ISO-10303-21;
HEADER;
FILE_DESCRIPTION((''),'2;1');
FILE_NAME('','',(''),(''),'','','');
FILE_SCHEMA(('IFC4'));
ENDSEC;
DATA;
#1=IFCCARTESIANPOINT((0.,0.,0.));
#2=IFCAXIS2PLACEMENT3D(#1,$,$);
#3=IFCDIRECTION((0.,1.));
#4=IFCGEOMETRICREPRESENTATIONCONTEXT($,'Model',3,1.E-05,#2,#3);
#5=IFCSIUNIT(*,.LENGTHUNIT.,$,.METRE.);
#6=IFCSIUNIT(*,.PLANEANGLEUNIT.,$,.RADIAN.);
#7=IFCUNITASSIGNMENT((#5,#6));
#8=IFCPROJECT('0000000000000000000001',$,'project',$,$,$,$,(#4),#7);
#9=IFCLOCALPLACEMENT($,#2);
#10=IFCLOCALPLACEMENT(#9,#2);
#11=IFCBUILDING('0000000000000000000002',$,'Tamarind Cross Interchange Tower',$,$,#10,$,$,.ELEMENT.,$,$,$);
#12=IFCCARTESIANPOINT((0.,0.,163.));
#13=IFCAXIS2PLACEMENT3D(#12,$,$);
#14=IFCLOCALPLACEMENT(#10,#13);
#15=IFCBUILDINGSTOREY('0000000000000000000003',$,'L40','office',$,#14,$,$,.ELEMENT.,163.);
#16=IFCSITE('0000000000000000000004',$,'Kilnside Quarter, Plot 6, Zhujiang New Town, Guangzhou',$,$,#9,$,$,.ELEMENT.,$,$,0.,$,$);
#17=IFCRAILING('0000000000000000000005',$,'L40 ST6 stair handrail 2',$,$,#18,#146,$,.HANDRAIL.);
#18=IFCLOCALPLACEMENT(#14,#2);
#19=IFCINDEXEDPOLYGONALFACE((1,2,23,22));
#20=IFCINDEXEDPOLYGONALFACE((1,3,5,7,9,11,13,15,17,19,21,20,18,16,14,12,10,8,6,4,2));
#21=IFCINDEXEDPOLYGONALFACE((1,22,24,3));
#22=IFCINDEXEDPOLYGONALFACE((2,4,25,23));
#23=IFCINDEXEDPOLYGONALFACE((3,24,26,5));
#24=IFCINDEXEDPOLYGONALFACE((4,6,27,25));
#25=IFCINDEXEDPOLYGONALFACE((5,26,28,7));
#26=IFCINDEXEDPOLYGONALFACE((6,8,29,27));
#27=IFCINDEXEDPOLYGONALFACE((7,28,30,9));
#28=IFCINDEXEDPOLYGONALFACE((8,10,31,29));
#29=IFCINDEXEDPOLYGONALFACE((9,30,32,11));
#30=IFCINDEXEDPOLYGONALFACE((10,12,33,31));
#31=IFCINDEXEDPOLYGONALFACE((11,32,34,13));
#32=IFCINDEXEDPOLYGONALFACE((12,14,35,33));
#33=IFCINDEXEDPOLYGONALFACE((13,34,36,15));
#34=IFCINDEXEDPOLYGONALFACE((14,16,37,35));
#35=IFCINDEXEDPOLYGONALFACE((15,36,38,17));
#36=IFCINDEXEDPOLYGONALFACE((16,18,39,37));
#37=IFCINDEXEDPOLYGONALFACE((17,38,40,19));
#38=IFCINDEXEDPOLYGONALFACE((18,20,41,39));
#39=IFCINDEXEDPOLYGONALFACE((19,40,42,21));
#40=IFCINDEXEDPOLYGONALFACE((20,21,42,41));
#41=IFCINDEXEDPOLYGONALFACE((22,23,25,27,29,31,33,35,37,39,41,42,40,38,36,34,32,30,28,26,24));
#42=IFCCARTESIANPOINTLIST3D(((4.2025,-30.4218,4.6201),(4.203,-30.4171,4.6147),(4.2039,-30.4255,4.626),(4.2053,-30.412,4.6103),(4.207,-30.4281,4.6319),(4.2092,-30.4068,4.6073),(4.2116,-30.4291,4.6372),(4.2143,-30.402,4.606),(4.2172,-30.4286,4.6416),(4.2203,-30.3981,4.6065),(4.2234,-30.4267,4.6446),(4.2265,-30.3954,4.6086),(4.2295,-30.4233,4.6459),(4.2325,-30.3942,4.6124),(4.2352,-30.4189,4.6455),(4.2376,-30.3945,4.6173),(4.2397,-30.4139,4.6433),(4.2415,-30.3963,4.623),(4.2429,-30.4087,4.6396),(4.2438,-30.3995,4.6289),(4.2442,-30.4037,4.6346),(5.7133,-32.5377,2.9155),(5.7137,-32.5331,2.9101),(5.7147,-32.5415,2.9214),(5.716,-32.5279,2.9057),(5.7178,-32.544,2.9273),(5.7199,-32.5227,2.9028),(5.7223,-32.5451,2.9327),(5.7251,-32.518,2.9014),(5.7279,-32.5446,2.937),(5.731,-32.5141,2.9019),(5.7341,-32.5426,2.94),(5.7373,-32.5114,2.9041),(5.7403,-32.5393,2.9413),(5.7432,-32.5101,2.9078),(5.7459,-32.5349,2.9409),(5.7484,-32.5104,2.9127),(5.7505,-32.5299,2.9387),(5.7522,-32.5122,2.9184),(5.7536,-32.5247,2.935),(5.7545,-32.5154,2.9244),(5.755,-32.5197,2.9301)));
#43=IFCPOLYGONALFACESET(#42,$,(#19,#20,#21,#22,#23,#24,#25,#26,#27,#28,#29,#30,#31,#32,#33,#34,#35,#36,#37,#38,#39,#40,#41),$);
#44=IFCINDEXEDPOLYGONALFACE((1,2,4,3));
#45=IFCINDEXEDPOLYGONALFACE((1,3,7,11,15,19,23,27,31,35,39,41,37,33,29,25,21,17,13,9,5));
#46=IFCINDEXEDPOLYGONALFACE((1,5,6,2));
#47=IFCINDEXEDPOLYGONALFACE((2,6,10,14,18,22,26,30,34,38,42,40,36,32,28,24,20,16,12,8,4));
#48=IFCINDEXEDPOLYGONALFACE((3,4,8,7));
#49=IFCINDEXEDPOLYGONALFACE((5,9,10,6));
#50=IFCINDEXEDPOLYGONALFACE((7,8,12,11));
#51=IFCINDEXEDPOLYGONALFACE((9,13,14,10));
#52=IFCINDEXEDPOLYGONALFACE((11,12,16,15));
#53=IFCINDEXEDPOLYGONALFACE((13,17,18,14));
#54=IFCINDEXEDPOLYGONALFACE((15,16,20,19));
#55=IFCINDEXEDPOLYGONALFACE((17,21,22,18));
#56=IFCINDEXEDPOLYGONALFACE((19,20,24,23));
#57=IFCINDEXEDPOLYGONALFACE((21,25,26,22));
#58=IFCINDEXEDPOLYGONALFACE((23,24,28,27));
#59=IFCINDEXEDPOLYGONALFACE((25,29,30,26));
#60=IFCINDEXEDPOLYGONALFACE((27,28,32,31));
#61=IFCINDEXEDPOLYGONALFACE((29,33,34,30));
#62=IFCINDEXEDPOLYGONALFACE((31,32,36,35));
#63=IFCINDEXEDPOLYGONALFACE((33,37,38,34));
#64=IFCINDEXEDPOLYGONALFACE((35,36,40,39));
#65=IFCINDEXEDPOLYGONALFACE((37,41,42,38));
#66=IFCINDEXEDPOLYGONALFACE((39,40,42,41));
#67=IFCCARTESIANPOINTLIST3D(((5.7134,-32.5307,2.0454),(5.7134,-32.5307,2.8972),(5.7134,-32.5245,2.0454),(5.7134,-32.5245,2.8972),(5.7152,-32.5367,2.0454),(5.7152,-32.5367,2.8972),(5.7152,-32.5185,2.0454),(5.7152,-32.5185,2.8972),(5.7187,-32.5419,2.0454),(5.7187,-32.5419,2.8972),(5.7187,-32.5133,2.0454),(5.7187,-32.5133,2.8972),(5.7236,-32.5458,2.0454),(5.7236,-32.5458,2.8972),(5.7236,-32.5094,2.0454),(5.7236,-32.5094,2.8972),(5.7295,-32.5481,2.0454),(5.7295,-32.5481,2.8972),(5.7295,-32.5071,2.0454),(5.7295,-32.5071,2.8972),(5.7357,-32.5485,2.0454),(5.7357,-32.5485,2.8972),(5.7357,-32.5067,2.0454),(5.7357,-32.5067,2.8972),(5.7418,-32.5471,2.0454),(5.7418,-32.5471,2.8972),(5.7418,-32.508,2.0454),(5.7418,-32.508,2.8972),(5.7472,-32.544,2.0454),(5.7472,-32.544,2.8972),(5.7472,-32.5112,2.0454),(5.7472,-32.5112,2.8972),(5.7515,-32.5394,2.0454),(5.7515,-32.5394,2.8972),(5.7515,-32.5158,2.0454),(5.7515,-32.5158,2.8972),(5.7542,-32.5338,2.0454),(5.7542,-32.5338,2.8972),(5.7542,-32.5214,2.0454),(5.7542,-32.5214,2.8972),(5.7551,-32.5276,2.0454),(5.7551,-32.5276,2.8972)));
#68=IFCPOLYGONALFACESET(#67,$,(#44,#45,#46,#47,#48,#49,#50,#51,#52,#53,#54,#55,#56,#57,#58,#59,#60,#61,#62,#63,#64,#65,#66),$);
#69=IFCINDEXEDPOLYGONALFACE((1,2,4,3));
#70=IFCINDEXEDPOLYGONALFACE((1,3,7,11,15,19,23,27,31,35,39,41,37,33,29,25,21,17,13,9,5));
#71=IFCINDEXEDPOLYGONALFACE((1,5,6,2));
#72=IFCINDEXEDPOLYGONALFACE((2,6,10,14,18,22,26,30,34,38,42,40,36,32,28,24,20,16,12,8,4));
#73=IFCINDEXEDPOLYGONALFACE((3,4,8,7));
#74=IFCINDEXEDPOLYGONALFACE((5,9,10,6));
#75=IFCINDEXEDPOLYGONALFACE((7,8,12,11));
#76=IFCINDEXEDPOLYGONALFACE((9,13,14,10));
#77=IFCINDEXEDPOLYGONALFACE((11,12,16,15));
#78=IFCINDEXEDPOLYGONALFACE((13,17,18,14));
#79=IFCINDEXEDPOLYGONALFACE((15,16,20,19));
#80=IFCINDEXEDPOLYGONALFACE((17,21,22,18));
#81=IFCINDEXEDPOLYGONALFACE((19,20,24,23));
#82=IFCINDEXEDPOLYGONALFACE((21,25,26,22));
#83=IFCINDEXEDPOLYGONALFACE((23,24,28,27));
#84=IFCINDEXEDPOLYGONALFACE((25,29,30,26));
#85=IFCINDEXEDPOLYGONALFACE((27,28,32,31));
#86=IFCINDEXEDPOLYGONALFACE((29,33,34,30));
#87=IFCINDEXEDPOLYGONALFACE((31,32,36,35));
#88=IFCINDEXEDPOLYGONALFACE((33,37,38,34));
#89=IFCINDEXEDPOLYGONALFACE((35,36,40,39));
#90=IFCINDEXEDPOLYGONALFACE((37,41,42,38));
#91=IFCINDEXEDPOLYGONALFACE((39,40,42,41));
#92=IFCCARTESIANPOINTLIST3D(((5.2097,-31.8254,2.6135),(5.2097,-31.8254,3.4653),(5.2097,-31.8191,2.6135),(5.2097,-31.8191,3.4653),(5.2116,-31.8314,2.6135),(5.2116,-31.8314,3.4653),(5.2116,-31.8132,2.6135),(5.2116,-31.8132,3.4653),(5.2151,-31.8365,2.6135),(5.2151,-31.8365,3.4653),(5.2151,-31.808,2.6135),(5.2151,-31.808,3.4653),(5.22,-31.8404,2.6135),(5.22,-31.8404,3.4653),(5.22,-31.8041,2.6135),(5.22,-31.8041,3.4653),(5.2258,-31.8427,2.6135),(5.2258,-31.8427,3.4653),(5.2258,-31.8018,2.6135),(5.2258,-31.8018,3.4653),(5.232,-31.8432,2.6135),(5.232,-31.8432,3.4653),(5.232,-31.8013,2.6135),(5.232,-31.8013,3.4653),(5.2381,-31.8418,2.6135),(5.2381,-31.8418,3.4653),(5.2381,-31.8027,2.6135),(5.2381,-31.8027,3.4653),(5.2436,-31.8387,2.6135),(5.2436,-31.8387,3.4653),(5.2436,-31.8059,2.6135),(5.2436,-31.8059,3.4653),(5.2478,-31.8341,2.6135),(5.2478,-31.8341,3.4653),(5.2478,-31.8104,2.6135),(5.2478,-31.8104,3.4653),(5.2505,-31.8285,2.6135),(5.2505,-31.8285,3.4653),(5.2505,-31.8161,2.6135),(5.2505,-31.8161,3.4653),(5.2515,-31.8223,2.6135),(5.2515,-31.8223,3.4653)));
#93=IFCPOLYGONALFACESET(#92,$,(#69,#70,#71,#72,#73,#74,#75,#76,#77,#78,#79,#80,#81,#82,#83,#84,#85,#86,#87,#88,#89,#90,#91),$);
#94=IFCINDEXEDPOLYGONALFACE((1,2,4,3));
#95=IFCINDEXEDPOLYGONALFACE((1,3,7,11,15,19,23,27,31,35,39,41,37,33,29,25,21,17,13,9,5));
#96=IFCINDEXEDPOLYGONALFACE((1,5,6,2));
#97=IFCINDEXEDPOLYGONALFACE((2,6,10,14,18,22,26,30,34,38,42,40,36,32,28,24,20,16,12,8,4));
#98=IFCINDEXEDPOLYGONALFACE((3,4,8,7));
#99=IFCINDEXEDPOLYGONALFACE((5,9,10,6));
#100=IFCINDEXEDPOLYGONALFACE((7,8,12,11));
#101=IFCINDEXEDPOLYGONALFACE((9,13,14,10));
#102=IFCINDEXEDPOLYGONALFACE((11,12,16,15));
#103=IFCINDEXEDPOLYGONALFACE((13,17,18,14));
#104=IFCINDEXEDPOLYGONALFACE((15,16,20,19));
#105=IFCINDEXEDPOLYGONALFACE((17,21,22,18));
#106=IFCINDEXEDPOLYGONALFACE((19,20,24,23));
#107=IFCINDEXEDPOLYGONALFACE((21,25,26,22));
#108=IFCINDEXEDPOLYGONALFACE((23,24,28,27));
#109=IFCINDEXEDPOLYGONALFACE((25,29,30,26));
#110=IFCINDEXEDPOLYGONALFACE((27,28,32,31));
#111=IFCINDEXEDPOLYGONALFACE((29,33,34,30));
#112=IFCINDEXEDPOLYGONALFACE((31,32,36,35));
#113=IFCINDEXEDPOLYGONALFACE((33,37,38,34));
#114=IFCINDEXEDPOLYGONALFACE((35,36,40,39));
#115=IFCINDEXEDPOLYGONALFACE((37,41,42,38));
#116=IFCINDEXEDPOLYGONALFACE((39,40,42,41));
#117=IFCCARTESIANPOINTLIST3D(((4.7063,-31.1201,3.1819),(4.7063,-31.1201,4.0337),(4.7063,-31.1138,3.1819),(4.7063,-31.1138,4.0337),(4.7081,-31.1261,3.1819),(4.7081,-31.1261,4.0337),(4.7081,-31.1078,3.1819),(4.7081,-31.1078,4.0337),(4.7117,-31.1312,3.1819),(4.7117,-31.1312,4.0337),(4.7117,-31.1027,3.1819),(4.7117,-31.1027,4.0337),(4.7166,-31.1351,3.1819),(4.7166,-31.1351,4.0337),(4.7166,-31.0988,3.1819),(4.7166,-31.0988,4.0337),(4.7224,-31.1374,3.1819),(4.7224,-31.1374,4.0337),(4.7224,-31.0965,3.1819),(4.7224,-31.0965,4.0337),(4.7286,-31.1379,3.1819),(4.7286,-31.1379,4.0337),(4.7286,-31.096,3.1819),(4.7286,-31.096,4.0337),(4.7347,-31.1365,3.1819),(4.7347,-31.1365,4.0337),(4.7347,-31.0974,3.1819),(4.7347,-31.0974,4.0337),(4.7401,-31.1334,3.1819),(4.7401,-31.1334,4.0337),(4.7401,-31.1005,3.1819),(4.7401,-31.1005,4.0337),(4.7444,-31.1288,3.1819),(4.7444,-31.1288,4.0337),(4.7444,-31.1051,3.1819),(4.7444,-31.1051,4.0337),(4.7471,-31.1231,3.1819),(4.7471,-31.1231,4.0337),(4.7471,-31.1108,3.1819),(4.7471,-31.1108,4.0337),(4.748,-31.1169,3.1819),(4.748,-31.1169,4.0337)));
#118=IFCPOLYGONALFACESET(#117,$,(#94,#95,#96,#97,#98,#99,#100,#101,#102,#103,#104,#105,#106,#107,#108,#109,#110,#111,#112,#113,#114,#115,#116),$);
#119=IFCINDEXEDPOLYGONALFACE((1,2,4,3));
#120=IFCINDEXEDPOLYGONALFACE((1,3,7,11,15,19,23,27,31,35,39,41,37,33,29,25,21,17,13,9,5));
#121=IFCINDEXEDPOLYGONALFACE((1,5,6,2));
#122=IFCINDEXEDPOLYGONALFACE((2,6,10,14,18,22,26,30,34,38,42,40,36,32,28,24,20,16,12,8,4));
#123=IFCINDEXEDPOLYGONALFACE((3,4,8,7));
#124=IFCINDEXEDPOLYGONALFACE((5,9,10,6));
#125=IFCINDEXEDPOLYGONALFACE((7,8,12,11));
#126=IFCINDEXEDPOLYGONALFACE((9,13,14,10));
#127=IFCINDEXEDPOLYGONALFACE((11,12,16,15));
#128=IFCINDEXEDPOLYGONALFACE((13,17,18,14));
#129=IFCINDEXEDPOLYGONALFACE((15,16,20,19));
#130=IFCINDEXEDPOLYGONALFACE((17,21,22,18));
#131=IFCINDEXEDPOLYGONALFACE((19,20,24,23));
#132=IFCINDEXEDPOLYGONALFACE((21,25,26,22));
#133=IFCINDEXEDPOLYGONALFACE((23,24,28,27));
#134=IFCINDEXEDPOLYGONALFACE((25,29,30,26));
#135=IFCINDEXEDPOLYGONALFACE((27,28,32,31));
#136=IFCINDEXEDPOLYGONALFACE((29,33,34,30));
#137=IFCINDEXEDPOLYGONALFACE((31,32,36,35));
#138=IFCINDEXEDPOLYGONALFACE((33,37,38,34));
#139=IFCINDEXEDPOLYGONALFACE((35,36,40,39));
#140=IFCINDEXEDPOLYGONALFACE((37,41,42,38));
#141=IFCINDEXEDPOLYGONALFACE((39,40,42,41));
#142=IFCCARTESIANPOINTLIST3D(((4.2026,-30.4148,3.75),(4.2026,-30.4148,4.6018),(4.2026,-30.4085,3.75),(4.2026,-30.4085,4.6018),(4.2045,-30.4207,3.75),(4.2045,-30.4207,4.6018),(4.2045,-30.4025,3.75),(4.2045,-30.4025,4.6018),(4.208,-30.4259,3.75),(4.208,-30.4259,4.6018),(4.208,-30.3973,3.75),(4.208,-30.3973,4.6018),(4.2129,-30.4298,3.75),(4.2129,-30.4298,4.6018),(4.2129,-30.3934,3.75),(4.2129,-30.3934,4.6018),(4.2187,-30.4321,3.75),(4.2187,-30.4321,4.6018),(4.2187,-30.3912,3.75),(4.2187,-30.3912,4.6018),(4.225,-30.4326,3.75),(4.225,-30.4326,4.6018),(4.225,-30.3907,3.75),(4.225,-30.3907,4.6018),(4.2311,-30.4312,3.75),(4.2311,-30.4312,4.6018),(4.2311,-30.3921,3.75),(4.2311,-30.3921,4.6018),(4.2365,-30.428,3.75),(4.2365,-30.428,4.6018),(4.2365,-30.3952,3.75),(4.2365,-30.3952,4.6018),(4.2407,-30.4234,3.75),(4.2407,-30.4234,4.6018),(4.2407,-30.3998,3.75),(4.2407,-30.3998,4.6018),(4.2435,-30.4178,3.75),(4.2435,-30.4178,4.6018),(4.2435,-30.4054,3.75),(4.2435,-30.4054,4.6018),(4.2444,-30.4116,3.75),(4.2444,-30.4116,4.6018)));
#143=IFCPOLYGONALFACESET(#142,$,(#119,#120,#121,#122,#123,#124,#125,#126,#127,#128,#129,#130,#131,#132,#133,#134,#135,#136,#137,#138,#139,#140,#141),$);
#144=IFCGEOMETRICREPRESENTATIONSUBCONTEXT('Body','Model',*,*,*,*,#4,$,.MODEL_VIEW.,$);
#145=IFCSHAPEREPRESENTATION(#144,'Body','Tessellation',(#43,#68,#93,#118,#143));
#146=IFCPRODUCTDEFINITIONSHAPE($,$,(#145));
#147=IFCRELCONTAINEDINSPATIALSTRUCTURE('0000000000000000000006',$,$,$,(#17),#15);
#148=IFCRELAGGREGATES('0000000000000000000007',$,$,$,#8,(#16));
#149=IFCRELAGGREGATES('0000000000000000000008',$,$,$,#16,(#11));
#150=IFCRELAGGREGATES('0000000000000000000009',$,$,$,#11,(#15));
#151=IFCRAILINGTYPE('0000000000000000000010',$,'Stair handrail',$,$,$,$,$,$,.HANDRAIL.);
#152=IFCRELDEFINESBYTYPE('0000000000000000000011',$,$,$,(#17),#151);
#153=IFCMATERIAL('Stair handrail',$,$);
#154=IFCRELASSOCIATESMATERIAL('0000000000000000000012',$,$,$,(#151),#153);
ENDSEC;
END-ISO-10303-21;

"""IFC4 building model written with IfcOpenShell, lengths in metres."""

from ifc_helpers import new_model, si_unit, direction, frame, origin, origin_2d, place, context, subcontext, project, spatial, circle, extrude, material, type_object, element, save


model = new_model("IFC4")

# Units and contexts
model_context = context("Model", 3, precision=1e-05, world=origin(), true_north=direction((0.0, 1.0)))
body_context = subcontext(model_context, "Body", "Model", "MODEL_VIEW")
ifc_project = project(units=[si_unit("LENGTHUNIT", "METRE"), si_unit("PLANEANGLEUNIT", "RADIAN")], contexts=[model_context])

# Site, building, storey
site_placement = place(None, origin())
site = spatial("IfcSite", under=ifc_project, at=site_placement, Name="Kilnside Quarter, Plot 6, Zhujiang New Town, Guangzhou", CompositionType="ELEMENT", RefElevation=0.0)
building_placement = place(site_placement, origin())
building = spatial("IfcBuilding", under=site, at=building_placement, Name="Tamarind Cross Interchange Tower", CompositionType="ELEMENT")
storey_placement = place(building_placement, frame((0.0, 0.0, 163.0)))
storey = spatial("IfcBuildingStorey", under=building, at=storey_placement, Name="L40", Description="office", CompositionType="ELEMENT", Elevation=163.0)

# Railing
ifc_material_1 = material(Name="Stair handrail")
railing_type_1 = type_object("IfcRailingType", Name="Stair handrail", PredefinedType="HANDRAIL", material=ifc_material_1)
railing_1_placement = place(storey_placement, frame((5.7341, -32.5276, 2.0454)))
element("IfcRailing", 1, at=railing_1_placement, inside=storey, type_object=railing_type_1, Name="L40 ST6 stair handrail 2", PredefinedType="HANDRAIL", context=body_context, shape_type="SweptSolid", body=[
    extrude(circle(Radius=0.0239, at=origin_2d()), frame((0.0, 0.0, 0.876), z_axis=(-0.48594, 0.680615, 0.548293), x_axis=(-0.813854, -0.581069, 0.0)), (0.0, 0.0, 1.0), 3.1089),
    extrude(circle(Radius=0.021, at=origin_2d()), origin(), (0.0, 0.0, 1.0), 0.8518),
    extrude(circle(Radius=0.021, at=origin_2d()), frame((-0.5037, 0.7053, 0.5681)), (0.0, 0.0, 1.0), 0.8518),
    extrude(circle(Radius=0.021, at=origin_2d()), frame((-1.0071, 1.4106, 1.1365)), (0.0, 0.0, 1.0), 0.8518),
    extrude(circle(Radius=0.021, at=origin_2d()), frame((-1.5107, 2.116, 1.7046)), (0.0, 0.0, 1.0), 0.8518),
])

save(model, "model.ifc")
